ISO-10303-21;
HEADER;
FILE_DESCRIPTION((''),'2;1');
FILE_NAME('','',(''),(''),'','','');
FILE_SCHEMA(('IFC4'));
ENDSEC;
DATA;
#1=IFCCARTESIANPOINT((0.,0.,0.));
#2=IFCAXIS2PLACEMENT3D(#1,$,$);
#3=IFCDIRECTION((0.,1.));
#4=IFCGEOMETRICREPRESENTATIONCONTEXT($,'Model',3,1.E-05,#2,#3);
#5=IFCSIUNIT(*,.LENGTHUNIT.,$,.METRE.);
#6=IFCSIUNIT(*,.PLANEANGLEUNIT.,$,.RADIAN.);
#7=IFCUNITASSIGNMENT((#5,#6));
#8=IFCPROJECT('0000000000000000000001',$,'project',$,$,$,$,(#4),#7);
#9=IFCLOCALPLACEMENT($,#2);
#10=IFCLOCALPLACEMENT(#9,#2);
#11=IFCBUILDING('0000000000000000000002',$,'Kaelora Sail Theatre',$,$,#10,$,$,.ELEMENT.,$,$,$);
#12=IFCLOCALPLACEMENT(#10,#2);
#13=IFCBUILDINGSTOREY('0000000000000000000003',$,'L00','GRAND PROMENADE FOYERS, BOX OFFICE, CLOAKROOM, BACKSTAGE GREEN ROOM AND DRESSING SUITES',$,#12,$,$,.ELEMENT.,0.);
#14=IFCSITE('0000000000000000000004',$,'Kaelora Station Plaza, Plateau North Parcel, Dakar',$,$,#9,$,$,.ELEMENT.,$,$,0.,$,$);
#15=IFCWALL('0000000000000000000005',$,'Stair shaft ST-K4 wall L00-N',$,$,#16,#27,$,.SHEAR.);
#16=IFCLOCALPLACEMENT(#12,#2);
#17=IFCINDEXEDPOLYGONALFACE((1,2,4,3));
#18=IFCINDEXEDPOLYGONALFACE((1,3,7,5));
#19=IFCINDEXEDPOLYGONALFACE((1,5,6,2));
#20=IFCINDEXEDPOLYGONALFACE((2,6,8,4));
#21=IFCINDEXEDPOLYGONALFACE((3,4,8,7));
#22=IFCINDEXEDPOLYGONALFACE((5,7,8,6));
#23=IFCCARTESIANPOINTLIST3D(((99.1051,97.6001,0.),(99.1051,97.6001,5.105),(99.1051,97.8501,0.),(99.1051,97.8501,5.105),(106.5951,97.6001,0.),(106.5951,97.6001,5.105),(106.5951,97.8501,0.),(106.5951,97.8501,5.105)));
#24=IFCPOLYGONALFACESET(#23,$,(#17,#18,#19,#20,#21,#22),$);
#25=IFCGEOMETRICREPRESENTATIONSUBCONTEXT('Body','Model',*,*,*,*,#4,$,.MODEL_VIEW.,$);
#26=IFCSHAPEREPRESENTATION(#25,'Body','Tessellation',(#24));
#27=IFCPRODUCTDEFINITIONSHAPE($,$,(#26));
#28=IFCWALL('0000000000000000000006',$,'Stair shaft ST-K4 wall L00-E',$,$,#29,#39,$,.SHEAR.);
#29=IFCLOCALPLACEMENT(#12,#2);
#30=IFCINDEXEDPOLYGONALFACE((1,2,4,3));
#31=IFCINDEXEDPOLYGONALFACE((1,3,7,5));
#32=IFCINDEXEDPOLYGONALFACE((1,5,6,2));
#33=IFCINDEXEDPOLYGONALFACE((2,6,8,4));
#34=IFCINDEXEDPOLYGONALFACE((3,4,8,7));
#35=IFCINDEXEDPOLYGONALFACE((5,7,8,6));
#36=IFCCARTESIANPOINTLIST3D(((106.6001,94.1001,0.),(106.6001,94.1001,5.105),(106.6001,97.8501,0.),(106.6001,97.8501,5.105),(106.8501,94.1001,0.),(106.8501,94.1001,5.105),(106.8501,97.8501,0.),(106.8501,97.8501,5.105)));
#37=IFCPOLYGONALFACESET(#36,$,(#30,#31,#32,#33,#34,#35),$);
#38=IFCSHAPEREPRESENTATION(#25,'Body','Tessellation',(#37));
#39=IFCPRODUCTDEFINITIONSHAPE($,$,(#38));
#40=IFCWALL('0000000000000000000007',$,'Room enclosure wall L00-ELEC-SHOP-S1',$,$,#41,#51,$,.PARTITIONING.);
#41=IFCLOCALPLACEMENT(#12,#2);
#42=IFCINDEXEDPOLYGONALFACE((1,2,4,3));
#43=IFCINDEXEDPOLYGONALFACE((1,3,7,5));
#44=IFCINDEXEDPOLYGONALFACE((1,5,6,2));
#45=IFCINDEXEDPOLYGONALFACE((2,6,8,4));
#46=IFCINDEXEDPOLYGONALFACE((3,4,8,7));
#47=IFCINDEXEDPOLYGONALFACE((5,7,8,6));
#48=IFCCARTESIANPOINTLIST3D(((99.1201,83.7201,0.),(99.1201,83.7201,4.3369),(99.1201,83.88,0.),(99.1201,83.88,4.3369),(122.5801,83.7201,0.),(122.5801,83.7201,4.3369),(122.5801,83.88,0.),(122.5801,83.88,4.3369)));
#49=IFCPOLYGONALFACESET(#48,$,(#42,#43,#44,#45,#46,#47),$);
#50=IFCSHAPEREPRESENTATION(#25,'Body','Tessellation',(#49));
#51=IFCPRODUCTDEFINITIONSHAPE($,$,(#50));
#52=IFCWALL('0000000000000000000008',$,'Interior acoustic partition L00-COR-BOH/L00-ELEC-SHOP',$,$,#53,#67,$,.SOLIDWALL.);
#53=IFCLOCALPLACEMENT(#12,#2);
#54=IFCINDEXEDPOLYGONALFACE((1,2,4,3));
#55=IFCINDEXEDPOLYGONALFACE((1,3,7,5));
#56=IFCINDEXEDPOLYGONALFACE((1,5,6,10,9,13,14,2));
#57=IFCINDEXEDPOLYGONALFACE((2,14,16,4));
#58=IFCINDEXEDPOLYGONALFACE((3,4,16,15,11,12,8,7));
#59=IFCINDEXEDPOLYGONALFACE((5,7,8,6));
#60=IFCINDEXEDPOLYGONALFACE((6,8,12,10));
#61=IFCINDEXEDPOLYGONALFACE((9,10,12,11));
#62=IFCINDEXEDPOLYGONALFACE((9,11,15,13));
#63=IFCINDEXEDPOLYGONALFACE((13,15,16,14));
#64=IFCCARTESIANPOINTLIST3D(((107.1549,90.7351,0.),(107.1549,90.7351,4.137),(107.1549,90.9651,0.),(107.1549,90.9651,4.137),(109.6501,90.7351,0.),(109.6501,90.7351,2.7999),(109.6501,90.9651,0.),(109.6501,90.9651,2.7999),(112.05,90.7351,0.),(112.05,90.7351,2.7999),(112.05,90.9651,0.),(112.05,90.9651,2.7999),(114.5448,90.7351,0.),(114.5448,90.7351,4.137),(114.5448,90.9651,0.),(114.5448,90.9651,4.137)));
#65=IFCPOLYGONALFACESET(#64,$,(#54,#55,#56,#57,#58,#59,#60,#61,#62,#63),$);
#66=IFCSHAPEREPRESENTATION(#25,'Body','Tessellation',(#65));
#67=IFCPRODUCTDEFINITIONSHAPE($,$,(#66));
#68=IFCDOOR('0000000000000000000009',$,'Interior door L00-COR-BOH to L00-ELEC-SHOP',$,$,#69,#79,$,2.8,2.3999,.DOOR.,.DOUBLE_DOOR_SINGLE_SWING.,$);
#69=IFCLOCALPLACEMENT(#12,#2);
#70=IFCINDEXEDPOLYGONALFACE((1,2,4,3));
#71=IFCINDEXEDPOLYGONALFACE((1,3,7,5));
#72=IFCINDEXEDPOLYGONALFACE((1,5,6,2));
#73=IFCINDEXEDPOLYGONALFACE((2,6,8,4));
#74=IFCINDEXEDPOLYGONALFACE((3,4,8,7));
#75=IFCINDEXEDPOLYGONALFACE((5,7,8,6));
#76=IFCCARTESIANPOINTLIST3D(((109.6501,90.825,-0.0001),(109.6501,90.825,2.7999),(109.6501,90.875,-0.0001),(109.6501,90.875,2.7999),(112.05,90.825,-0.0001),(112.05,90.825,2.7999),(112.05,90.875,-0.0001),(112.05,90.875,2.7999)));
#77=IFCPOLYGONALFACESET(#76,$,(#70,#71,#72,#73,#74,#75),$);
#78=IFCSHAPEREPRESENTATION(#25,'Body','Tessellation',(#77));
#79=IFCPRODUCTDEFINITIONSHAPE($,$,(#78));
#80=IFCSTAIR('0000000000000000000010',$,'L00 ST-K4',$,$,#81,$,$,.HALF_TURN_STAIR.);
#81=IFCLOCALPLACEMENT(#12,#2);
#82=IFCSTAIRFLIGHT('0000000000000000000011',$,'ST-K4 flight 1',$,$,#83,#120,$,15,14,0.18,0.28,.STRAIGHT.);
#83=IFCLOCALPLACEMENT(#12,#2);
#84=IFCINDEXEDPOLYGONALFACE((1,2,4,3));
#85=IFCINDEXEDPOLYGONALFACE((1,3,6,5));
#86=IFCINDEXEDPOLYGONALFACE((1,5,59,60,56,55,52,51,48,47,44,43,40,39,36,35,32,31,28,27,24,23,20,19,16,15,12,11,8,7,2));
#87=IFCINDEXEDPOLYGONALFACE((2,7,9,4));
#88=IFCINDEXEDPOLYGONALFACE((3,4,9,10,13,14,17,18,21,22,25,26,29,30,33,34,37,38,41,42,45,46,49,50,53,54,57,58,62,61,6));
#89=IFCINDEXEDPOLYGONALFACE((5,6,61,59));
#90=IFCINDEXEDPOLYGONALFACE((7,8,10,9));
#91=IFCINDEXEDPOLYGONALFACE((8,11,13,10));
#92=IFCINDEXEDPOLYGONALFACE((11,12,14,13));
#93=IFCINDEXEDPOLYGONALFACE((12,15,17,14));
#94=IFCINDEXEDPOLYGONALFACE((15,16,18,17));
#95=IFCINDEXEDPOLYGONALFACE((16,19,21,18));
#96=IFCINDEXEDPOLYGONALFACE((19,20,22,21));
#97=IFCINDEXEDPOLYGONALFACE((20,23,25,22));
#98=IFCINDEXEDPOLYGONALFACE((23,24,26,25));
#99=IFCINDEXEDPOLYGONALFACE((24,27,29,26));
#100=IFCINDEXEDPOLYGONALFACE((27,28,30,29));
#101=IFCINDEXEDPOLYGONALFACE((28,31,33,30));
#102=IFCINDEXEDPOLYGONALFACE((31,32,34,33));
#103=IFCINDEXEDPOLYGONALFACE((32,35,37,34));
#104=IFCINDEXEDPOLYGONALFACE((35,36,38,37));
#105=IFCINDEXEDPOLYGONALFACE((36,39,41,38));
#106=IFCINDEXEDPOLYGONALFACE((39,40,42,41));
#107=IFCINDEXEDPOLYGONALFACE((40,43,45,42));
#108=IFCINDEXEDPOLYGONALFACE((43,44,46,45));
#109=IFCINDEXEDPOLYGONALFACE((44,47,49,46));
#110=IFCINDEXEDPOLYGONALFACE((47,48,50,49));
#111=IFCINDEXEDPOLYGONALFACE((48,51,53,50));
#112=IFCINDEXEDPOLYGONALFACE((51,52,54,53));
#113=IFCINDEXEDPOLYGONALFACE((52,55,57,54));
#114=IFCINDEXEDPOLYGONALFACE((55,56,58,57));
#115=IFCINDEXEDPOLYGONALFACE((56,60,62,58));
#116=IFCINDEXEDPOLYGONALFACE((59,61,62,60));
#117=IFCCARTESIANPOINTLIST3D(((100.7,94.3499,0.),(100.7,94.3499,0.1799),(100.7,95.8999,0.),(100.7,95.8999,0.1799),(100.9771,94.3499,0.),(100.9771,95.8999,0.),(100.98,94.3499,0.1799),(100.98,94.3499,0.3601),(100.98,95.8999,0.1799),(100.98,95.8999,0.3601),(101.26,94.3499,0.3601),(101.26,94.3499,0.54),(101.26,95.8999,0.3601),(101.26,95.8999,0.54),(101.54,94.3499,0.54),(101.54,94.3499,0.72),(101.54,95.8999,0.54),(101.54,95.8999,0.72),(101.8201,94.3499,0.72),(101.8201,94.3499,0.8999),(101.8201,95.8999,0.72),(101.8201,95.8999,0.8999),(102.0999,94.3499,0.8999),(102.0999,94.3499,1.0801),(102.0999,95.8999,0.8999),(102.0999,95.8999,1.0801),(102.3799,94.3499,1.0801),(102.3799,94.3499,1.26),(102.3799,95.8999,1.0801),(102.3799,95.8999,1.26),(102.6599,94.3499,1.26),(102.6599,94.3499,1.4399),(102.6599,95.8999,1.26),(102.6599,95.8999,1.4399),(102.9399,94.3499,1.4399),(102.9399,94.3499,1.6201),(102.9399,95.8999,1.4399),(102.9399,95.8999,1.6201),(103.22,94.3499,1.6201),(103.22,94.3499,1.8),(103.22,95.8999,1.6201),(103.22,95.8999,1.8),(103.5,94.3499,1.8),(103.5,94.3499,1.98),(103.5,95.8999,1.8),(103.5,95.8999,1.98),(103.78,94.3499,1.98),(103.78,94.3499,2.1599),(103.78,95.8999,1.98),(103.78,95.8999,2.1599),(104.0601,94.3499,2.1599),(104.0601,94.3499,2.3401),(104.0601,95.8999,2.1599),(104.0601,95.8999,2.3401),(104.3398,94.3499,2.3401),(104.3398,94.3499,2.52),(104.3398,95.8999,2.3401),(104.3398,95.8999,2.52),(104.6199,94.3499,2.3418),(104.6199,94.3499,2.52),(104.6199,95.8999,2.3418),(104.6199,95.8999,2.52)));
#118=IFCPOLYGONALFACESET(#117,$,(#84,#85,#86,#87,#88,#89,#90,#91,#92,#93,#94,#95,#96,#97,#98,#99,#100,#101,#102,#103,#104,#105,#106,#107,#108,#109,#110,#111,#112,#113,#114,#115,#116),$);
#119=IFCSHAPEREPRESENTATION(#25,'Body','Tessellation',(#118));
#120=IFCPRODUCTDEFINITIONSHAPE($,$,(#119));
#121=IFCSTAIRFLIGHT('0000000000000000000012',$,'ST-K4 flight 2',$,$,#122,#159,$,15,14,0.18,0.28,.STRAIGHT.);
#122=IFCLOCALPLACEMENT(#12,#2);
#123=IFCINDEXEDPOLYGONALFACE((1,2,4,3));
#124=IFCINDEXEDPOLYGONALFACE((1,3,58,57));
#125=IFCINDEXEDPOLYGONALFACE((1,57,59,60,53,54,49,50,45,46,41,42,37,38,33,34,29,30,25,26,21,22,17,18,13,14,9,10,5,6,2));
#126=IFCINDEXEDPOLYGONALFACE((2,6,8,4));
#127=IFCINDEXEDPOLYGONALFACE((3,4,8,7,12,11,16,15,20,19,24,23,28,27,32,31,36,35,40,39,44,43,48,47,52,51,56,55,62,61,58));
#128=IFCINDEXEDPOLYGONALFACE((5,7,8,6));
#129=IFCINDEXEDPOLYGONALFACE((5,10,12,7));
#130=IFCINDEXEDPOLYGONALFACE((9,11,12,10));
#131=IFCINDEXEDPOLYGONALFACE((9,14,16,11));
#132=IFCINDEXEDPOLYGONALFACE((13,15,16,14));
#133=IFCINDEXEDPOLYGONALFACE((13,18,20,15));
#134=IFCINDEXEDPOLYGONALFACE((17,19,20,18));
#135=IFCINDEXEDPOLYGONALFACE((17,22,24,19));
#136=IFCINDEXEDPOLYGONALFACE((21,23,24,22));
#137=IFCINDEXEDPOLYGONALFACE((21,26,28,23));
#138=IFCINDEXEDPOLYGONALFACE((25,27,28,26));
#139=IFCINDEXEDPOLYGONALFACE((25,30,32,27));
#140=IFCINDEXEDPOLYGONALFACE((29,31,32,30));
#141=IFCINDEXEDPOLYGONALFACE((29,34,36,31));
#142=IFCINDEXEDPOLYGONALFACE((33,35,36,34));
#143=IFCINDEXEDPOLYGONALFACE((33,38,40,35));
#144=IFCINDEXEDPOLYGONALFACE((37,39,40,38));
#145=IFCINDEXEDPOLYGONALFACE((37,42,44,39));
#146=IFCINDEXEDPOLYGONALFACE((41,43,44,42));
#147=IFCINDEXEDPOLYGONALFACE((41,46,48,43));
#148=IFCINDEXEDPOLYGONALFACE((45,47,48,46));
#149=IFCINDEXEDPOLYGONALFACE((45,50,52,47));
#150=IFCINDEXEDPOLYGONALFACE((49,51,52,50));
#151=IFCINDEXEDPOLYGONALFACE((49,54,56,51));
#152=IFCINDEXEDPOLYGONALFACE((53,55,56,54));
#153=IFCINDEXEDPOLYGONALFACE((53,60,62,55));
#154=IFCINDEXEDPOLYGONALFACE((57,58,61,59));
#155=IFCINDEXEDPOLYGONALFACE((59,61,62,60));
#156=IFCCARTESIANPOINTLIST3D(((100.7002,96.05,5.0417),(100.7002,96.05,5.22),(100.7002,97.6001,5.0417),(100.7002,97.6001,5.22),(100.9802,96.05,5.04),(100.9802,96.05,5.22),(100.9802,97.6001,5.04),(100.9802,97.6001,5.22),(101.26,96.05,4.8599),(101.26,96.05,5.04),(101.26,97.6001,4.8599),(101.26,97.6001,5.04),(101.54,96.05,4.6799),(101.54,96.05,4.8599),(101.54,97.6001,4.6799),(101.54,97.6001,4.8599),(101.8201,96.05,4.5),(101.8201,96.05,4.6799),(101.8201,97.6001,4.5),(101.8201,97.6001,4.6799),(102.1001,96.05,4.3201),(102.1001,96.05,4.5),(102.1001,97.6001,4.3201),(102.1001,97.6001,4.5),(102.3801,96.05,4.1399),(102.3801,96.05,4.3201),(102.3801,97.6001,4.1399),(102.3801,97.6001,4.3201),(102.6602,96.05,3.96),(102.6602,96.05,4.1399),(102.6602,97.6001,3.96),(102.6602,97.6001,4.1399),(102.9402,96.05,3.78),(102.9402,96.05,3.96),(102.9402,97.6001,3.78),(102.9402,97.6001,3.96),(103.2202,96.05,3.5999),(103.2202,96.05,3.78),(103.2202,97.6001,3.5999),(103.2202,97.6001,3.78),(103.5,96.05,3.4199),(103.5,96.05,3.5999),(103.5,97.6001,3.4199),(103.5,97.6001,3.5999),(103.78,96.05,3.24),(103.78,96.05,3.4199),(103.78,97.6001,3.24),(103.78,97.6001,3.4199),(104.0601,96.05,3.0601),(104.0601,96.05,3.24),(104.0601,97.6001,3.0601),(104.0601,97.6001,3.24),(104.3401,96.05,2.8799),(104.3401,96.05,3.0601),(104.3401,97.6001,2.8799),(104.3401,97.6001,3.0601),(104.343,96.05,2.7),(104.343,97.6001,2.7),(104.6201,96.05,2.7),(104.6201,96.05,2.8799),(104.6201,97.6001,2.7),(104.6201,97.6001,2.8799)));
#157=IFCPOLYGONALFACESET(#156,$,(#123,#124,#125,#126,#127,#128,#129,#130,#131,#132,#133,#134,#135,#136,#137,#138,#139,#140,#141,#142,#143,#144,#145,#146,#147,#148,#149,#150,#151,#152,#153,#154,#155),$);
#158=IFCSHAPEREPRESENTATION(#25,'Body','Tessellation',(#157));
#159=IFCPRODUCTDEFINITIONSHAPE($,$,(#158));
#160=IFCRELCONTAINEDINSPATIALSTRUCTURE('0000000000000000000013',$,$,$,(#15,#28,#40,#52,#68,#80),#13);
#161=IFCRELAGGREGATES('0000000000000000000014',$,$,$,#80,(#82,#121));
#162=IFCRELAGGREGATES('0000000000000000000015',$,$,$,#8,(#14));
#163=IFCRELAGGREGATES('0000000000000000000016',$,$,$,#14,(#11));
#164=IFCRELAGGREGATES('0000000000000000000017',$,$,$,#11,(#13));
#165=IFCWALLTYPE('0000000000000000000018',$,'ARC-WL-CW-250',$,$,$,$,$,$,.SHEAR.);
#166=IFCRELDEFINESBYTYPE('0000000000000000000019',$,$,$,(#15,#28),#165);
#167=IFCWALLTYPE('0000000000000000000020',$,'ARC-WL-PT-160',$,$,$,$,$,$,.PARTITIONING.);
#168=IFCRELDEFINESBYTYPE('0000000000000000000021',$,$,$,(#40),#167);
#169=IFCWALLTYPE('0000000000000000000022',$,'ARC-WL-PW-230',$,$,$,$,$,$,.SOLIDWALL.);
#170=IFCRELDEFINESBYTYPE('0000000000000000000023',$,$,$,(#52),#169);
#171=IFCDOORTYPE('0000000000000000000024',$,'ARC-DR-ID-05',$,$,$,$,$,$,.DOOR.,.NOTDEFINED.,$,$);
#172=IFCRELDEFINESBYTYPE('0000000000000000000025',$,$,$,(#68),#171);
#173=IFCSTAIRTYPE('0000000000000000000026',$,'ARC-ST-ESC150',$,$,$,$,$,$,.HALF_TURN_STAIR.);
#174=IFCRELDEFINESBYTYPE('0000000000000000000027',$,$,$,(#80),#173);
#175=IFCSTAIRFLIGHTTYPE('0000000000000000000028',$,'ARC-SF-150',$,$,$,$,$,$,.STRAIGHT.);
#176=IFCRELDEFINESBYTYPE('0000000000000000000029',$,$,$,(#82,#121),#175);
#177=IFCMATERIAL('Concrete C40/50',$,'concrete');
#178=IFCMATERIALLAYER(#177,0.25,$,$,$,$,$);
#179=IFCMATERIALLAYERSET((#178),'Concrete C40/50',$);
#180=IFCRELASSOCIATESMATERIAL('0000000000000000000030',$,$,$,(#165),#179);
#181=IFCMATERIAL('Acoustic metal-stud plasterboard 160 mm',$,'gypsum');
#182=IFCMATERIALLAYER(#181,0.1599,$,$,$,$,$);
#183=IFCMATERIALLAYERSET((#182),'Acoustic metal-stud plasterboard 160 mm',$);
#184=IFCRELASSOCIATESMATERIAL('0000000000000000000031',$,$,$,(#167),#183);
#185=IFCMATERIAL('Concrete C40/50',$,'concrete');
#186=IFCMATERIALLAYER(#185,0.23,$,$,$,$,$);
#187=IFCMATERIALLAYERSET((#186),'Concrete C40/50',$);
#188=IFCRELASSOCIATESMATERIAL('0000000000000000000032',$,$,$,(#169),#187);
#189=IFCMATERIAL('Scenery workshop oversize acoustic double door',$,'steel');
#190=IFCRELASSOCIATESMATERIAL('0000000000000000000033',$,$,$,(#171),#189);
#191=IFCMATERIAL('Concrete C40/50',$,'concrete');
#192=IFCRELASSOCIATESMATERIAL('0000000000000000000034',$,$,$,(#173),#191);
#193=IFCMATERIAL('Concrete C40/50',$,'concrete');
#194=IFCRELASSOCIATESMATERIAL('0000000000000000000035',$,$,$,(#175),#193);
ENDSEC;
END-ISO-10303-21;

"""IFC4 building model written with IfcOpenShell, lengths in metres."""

from ifc_helpers import new_model, si_unit, direction, frame, frame_2d, origin, place, context, subcontext, project, spatial, polyline, rectangle, outline, extrude, material, layer, layer_set, type_object, element, fill, aggregate, save


model = new_model("IFC4")

# Units and contexts
model_context = context("Model", 3, precision=1e-05, world=origin(), true_north=direction((0.0, 1.0)))
body_context = subcontext(model_context, "Body", "Model", "MODEL_VIEW")
ifc_project = project(units=[si_unit("LENGTHUNIT", "METRE"), si_unit("PLANEANGLEUNIT", "RADIAN")], contexts=[model_context])

# Site, building, storey
site_placement = place(None, origin())
site = spatial("IfcSite", under=ifc_project, at=site_placement, Name="Kaelora Station Plaza, Plateau North Parcel, Dakar", CompositionType="ELEMENT", RefElevation=0.0)
building_placement = place(site_placement, origin())
building = spatial("IfcBuilding", under=site, at=building_placement, Name="Kaelora Sail Theatre", CompositionType="ELEMENT")
storey_placement = place(building_placement, origin())
storey = spatial("IfcBuildingStorey", under=building, at=storey_placement, Name="L00", Description="GRAND PROMENADE FOYERS, BOX OFFICE, CLOAKROOM, BACKSTAGE GREEN ROOM AND DRESSING SUITES", CompositionType="ELEMENT", Elevation=0.0)

# Walls
ifc_material_1 = material(Name="Concrete C40/50", Category="concrete")
ifc_layer_1 = layer(ifc_material_1, 0.25)
ifc_layer_set_1 = layer_set([ifc_layer_1], Name="Concrete C40/50")
wall_type_1 = type_object("IfcWallType", Name="ARC-WL-CW-250", PredefinedType="SHEAR", material=ifc_layer_set_1)
wall_1_placement = place(storey_placement, frame((99.105, 97.7251, 0.0), z_axis=(0.0, 0.0, 1.0), x_axis=(1.0, 0.0, 0.0)))
element("IfcWall", 1, at=wall_1_placement, inside=storey, type_object=wall_type_1, Name="Stair shaft ST-K4 wall L00-N", PredefinedType="SHEAR", context=body_context, shape_type="SweptSolid", body=[
    extrude(rectangle(XDim=7.49, YDim=0.25, at=frame_2d((3.7451, 0.0))), origin(), (0.0, 0.0, 1.0), 5.105),
])
wall_2_placement = place(storey_placement, frame((106.7251, 94.1001, 0.0), z_axis=(0.0, 0.0, 1.0), x_axis=(0.0, 1.0, 0.0)))
element("IfcWall", 2, at=wall_2_placement, inside=storey, type_object=wall_type_1, Name="Stair shaft ST-K4 wall L00-E", PredefinedType="SHEAR", context=body_context, shape_type="SweptSolid", body=[
    extrude(rectangle(XDim=3.75, YDim=0.25, at=frame_2d((1.875, 0.0))), origin(), (0.0, 0.0, 1.0), 5.105),
])
ifc_material_2 = material(Name="Acoustic metal-stud plasterboard 160 mm", Category="gypsum")
ifc_layer_2 = layer(ifc_material_2, 0.1599)
ifc_layer_set_2 = layer_set([ifc_layer_2], Name="Acoustic metal-stud plasterboard 160 mm")
wall_type_2 = type_object("IfcWallType", Name="ARC-WL-PT-160", PredefinedType="PARTITIONING", material=ifc_layer_set_2)
wall_3_placement = place(storey_placement, frame((99.1201, 83.8, 0.0), z_axis=(0.0, 0.0, 1.0), x_axis=(1.0, 0.0, 0.0)))
element("IfcWall", 3, at=wall_3_placement, inside=storey, type_object=wall_type_2, Name="Room enclosure wall L00-ELEC-SHOP-S1", PredefinedType="PARTITIONING", context=body_context, shape_type="SweptSolid", body=[
    extrude(rectangle(XDim=23.46, YDim=0.1599, at=frame_2d((11.73, 0.0))), origin(), (0.0, 0.0, 1.0), 4.3369),
])

# Wall, opening, door
ifc_material_3 = material(Name="Concrete C40/50", Category="concrete")
ifc_layer_3 = layer(ifc_material_3, 0.23)
ifc_layer_set_3 = layer_set([ifc_layer_3], Name="Concrete C40/50")
wall_type_3 = type_object("IfcWallType", Name="ARC-WL-PW-230", PredefinedType="SOLIDWALL", material=ifc_layer_set_3)
wall_4_placement = place(storey_placement, frame((107.155, 90.8501, 0.0), z_axis=(0.0, 0.0, 1.0), x_axis=(1.0, 0.0, 0.0)))
wall_4 = element("IfcWall", 4, at=wall_4_placement, inside=storey, type_object=wall_type_3, Name="Interior acoustic partition L00-COR-BOH/L00-ELEC-SHOP", PredefinedType="SOLIDWALL", context=body_context, shape_type="SweptSolid", body=[
    extrude(rectangle(XDim=7.3899, YDim=0.23, at=frame_2d((3.6948, 0.0))), origin(), (0.0, 0.0, 1.0), 4.137),
])
opening_placement = place(wall_4_placement, frame((2.4951, 0.0, 0.0)))
opening = element("IfcOpeningElement", 5, at=opening_placement, cuts=wall_4, PredefinedType="OPENING", context=body_context, shape_type="SweptSolid", body=[
    extrude(rectangle(XDim=2.3999, YDim=2.8, at=frame_2d((1.2, 1.3999))), frame((0.0, 0.125, 0.0), z_axis=(0.0, -1.0, 0.0), x_axis=(1.0, 0.0, 0.0)), (0.0, 0.0, 1.0), 0.25),
])
ifc_material_4 = material(Name="Scenery workshop oversize acoustic double door", Category="steel")
door_type = type_object("IfcDoorType", Name="ARC-DR-ID-05", OperationType="NOTDEFINED", PredefinedType="DOOR", material=ifc_material_4)
door_placement = place(opening_placement, origin())
door = element("IfcDoor", 6, at=door_placement, inside=storey, type_object=door_type, Name="Interior door L00-COR-BOH to L00-ELEC-SHOP", OperationType="DOUBLE_DOOR_SINGLE_SWING", OverallHeight=2.8, OverallWidth=2.3999, PredefinedType="DOOR", context=body_context, shape_type="SweptSolid", body=[
    extrude(rectangle(XDim=2.3999, YDim=2.8, at=frame_2d((1.2, 1.3999))), frame((0.0, 0.0249, 0.0), z_axis=(0.0, -1.0, 0.0), x_axis=(1.0, 0.0, 0.0)), (0.0, 0.0, 1.0), 0.05),
])
fill(opening, door)

# Stair, stair flights
ifc_material_5 = material(Name="Concrete C40/50", Category="concrete")
stair_type = type_object("IfcStairType", Name="ARC-ST-ESC150", PredefinedType="HALF_TURN_STAIR", material=ifc_material_5)
stair_placement = place(storey_placement, origin())
stair = element("IfcStair", 7, at=stair_placement, inside=storey, type_object=stair_type, Name="L00 ST-K4", PredefinedType="HALF_TURN_STAIR")
ifc_material_6 = material(Name="Concrete C40/50", Category="concrete")
stair_flight_type = type_object("IfcStairFlightType", Name="ARC-SF-150", PredefinedType="STRAIGHT", material=ifc_material_6)
stair_flight_1_placement = place(storey_placement, frame((100.7, 95.125, 0.0), z_axis=(0.0, 0.0, 1.0), x_axis=(1.0, 0.0, 0.0)))
stair_flight_1 = element("IfcStairFlight", 8, at=stair_flight_1_placement, type_object=stair_flight_type, Name="ST-K4 flight 1", NumberOfRisers=15, NumberOfTreads=14, PredefinedType="STRAIGHT", RiserHeight=0.18, TreadLength=0.28, context=body_context, shape_type="SweptSolid", body=[
    extrude(outline(polyline([(0.0, 0.0), (0.0, 0.1799), (0.28, 0.1799), (0.28, 0.3601), (0.5601, 0.3601), (0.5601, 0.54), (0.8401, 0.54), (0.8401, 0.72), (1.1201, 0.72), (1.1201, 0.8999), (1.3999, 0.8999), (1.3999, 1.0801), (1.6799, 1.0801), (1.6799, 1.26), (1.96, 1.26), (1.96, 1.4399), (2.24, 1.4399), (2.24, 1.6201), (2.52, 1.6201), (2.52, 1.8), (2.8, 1.8), (2.8, 1.98), (3.0801, 1.98), (3.0801, 2.1599), (3.3601, 2.1599), (3.3601, 2.3401), (3.6399, 2.3401), (3.6399, 2.52), (3.9199, 2.52), (3.9199, 2.7), (3.9199, 2.3418), (0.2771, 0.0), (0.0, 0.0)])), frame((0.0, 0.7749, 0.0), z_axis=(0.0, -1.0, 0.0), x_axis=(1.0, 0.0, 0.0)), (0.0, 0.0, 1.0), 1.55),
])
stair_flight_2_placement = place(storey_placement, frame((104.6201, 96.825, 2.7), z_axis=(0.0, 0.0, 1.0), x_axis=(-1.0, 0.0, 0.0)))
stair_flight_2 = element("IfcStairFlight", 9, at=stair_flight_2_placement, type_object=stair_flight_type, Name="ST-K4 flight 2", NumberOfRisers=15, NumberOfTreads=14, PredefinedType="STRAIGHT", RiserHeight=0.18, TreadLength=0.28, context=body_context, shape_type="SweptSolid", body=[
    extrude(outline(polyline([(0.0, 0.0), (0.0, 0.1799), (0.28, 0.1799), (0.28, 0.3601), (0.5601, 0.3601), (0.5601, 0.54), (0.8401, 0.54), (0.8401, 0.72), (1.1201, 0.72), (1.1201, 0.8999), (1.3999, 0.8999), (1.3999, 1.0801), (1.6799, 1.0801), (1.6799, 1.26), (1.96, 1.26), (1.96, 1.4399), (2.24, 1.4399), (2.24, 1.6201), (2.52, 1.6201), (2.52, 1.8), (2.8, 1.8), (2.8, 1.98), (3.0801, 1.98), (3.0801, 2.1599), (3.3601, 2.1599), (3.3601, 2.3401), (3.6399, 2.3401), (3.6399, 2.52), (3.9199, 2.52), (3.9199, 2.7), (3.9199, 2.3418), (0.2771, 0.0), (0.0, 0.0)])), frame((0.0, 0.7749, 0.0), z_axis=(0.0, -1.0, 0.0), x_axis=(1.0, 0.0, 0.0)), (0.0, 0.0, 1.0), 1.55),
])
aggregate(stair, [stair_flight_1, stair_flight_2])

save(model, "model.ifc")
